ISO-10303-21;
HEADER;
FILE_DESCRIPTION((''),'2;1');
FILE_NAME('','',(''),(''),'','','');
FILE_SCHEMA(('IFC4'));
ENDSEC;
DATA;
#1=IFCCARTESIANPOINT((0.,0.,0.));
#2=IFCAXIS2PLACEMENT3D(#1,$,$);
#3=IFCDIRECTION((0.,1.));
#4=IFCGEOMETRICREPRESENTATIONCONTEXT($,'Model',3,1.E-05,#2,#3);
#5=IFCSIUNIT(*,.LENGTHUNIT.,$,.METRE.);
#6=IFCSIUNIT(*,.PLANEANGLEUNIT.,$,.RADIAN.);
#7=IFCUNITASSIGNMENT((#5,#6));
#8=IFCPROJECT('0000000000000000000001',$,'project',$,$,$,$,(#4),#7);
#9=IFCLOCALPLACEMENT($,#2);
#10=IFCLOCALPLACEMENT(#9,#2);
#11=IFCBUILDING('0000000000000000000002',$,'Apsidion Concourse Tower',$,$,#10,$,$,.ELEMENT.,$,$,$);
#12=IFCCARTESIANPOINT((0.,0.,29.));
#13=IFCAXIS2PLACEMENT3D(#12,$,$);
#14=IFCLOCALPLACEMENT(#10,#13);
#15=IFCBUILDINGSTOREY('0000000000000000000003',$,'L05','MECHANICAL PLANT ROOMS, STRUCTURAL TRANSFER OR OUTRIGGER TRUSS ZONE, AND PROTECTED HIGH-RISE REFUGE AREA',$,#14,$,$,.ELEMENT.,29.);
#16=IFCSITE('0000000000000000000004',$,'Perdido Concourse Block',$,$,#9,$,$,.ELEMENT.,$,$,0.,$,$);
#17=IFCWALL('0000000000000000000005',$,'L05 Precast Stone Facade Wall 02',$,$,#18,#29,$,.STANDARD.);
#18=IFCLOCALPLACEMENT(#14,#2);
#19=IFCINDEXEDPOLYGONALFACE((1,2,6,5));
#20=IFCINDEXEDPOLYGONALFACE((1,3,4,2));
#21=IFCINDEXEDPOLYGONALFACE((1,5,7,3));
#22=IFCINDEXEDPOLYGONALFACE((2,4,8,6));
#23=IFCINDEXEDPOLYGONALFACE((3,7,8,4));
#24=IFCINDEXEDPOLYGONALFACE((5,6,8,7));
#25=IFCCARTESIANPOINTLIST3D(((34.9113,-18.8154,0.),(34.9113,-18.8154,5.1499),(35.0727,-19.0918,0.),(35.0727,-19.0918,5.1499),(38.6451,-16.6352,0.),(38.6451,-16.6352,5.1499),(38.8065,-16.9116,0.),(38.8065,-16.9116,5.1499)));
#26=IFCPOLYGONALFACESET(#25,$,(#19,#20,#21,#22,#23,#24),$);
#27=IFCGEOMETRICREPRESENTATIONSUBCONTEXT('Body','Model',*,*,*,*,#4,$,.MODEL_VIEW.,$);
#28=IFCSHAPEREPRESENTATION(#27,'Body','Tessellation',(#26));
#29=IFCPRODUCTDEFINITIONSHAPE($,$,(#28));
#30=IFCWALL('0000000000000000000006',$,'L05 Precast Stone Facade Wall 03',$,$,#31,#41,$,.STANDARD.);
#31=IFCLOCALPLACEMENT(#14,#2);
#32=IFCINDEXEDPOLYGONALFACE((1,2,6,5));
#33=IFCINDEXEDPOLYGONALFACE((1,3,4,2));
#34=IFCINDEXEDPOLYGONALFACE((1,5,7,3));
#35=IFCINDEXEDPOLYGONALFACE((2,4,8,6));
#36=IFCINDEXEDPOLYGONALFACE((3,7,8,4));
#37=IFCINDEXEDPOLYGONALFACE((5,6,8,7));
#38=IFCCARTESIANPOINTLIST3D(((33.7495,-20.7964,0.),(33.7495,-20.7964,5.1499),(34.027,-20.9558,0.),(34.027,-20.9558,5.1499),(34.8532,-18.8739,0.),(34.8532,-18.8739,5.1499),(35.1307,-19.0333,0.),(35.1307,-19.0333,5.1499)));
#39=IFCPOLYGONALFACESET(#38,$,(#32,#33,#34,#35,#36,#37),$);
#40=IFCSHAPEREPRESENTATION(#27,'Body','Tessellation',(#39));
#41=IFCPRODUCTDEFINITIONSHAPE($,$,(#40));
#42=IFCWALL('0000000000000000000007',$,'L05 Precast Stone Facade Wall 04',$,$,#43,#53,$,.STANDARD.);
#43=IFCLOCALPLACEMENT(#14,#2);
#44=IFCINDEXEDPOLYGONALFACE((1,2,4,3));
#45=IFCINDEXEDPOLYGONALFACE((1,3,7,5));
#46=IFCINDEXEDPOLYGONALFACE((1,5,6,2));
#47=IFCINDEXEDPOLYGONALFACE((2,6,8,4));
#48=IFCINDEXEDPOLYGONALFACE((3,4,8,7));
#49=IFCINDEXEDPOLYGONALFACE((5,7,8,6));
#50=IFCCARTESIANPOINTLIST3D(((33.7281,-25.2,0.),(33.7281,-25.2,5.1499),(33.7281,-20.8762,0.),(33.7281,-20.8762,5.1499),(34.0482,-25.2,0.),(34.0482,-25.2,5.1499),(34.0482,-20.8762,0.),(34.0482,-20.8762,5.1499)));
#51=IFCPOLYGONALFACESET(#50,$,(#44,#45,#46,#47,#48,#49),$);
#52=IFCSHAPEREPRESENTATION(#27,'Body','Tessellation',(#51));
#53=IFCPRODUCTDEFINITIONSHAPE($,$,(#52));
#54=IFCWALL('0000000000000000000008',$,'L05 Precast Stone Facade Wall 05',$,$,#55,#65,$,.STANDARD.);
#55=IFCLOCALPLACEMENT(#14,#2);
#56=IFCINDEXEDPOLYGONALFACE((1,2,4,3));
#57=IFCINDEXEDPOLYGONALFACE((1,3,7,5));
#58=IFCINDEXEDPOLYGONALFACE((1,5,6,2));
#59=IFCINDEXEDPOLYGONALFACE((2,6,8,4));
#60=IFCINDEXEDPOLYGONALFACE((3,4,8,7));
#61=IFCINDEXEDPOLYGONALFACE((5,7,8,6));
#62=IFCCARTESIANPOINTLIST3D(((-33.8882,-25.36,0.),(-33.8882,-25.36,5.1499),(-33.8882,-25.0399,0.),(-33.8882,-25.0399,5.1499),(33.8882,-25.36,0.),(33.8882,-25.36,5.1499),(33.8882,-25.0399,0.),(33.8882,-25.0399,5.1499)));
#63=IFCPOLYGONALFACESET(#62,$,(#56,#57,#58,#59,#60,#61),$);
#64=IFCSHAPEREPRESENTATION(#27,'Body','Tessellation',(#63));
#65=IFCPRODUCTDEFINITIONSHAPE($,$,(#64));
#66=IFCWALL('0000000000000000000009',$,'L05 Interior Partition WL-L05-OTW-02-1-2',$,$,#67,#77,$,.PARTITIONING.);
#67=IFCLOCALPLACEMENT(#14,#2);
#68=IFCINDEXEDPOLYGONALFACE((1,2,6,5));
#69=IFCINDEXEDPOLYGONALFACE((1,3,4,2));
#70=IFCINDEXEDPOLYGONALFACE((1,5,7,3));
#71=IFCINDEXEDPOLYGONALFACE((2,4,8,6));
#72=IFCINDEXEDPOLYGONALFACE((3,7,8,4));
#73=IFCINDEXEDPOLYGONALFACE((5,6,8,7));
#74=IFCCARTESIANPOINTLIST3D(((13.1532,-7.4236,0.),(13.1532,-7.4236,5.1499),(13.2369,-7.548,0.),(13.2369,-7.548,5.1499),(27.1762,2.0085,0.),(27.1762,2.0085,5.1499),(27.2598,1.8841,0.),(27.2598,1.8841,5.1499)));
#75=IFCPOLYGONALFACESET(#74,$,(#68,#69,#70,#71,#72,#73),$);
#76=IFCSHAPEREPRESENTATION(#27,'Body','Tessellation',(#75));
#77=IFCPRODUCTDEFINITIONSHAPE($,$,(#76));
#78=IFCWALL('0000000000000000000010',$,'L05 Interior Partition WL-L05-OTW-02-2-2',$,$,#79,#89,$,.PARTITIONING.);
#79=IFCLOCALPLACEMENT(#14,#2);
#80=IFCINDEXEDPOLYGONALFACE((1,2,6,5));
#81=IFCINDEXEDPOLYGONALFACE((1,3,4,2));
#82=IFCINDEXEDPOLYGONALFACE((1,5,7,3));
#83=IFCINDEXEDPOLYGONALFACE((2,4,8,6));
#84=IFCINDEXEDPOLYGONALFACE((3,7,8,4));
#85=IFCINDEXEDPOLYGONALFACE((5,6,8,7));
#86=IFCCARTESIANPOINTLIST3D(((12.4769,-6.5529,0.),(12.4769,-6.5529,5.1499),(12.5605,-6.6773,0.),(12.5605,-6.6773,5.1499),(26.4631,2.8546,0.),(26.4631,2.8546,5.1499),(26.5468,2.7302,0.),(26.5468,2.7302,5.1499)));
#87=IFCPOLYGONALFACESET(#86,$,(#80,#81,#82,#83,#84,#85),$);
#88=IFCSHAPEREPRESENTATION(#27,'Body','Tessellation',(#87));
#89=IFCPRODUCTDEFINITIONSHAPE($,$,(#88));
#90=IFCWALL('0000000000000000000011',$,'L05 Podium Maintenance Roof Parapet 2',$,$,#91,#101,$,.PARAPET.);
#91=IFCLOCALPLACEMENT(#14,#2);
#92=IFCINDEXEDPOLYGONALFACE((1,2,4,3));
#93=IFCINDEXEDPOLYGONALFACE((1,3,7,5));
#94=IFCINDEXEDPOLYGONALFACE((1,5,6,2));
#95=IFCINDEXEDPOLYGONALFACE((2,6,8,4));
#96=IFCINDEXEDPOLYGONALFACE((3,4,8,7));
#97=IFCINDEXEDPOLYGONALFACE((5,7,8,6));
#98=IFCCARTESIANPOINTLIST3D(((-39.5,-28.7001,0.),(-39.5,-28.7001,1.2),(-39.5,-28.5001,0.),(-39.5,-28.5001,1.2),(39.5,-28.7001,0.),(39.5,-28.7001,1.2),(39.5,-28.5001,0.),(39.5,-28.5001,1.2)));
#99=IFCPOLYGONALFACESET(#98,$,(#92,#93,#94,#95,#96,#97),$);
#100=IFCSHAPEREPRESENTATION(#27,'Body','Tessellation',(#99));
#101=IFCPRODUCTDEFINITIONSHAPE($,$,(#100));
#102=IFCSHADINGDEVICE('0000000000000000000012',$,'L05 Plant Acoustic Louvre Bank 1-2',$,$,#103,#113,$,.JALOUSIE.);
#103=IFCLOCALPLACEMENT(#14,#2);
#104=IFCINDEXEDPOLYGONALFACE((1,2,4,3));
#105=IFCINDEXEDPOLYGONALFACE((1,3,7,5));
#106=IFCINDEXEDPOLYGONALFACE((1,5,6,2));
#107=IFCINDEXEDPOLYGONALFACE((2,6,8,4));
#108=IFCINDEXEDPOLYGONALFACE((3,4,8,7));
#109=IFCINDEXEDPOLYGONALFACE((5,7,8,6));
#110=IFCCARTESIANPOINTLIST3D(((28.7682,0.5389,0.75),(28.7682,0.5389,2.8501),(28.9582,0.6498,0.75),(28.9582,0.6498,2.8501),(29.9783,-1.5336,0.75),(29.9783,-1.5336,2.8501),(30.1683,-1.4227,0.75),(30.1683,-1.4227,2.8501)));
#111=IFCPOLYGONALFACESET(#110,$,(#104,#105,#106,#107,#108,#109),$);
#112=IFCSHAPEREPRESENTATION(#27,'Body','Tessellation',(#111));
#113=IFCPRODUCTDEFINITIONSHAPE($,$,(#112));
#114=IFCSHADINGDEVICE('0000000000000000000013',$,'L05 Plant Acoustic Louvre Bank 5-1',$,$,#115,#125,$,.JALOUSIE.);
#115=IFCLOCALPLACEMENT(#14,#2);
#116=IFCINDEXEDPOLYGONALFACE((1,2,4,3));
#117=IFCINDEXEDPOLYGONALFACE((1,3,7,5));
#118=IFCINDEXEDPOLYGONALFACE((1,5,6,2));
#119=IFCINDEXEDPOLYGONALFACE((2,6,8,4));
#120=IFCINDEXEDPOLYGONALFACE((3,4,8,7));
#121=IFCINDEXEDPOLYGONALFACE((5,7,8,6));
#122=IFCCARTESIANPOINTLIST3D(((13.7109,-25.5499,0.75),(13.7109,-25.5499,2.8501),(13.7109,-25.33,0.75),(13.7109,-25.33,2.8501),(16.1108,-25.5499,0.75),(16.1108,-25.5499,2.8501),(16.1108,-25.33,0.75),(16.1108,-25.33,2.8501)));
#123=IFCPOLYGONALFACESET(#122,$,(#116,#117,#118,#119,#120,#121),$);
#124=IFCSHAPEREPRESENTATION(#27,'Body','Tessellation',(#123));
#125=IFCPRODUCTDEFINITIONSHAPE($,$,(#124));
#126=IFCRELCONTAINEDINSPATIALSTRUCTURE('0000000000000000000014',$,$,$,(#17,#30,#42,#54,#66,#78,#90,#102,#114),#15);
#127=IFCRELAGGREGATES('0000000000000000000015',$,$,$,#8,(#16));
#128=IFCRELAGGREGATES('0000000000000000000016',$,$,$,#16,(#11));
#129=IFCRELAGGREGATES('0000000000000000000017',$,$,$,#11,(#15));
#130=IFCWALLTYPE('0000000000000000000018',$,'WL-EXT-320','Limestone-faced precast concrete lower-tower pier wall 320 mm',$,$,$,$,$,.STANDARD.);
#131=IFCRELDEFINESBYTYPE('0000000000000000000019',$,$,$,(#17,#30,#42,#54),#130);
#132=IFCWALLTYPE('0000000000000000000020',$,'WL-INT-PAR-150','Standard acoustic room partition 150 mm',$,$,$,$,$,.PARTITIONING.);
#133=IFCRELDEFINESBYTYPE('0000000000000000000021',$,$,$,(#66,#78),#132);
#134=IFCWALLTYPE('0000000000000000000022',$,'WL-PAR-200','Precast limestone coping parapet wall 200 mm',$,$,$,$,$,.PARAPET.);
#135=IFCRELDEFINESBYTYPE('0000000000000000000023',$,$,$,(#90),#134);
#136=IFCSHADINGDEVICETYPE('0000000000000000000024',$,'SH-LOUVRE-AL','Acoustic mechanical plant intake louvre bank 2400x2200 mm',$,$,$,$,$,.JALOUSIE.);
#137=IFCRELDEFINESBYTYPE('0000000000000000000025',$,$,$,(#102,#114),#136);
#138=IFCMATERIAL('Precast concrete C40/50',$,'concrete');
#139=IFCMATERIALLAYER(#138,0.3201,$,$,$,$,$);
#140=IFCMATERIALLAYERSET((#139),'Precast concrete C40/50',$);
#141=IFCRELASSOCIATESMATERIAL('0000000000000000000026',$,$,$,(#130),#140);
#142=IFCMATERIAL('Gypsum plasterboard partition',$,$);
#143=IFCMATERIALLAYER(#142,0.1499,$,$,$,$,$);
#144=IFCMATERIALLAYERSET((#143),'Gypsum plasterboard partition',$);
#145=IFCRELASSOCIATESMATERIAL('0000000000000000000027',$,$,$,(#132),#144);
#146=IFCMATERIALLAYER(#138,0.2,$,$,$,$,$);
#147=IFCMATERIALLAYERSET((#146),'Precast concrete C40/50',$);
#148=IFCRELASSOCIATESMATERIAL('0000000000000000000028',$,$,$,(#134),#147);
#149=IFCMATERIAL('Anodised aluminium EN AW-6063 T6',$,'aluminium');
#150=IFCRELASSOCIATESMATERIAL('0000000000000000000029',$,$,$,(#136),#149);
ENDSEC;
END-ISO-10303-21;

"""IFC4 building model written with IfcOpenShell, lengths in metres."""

from ifc_helpers import new_model, si_unit, direction, frame, frame_2d, origin, origin_2d, place, context, subcontext, project, spatial, rectangle, extrude, material, layer, layer_set, type_object, element, save


model = new_model("IFC4")

# Units and contexts
model_context = context("Model", 3, precision=1e-05, world=origin(), true_north=direction((0.0, 1.0)))
body_context = subcontext(model_context, "Body", "Model", "MODEL_VIEW")
ifc_project = project(units=[si_unit("LENGTHUNIT", "METRE"), si_unit("PLANEANGLEUNIT", "RADIAN")], contexts=[model_context])

# Site, building, storey
site_placement = place(None, origin())
site = spatial("IfcSite", under=ifc_project, at=site_placement, Name="Perdido Concourse Block", CompositionType="ELEMENT", RefElevation=0.0)
building_placement = place(site_placement, origin())
building = spatial("IfcBuilding", under=site, at=building_placement, Name="Apsidion Concourse Tower", CompositionType="ELEMENT")
storey_placement = place(building_placement, frame((0.0, 0.0, 29.0)))
storey = spatial("IfcBuildingStorey", under=building, at=storey_placement, Name="L05", Description="MECHANICAL PLANT ROOMS, STRUCTURAL TRANSFER OR OUTRIGGER TRUSS ZONE, AND PROTECTED HIGH-RISE REFUGE AREA", CompositionType="ELEMENT", Elevation=29.0)

# Walls
ifc_material_1 = material(Name="Precast concrete C40/50", Category="concrete")
ifc_layer_1 = layer(ifc_material_1, 0.3201)
ifc_layer_set_1 = layer_set([ifc_layer_1], Name="Precast concrete C40/50")
wall_type_1 = type_object("IfcWallType", Name="WL-EXT-320", Description="Limestone-faced precast concrete lower-tower pier wall 320 mm", PredefinedType="STANDARD", material=ifc_layer_set_1)
wall_1_placement = place(storey_placement, frame((38.7258, -16.7734, 0.0), z_axis=(0.0, 0.0, 1.0), x_axis=(-0.86357, -0.504229, 0.0)))
element("IfcWall", 1, at=wall_1_placement, inside=storey, type_object=wall_type_1, Name="L05 Precast Stone Facade Wall 02", PredefinedType="STANDARD", context=body_context, shape_type="SweptSolid", body=[
    extrude(rectangle(XDim=4.3237, YDim=0.3201, at=frame_2d((2.1619, 0.0))), origin(), (0.0, 0.0, 1.0), 5.1499),
])
wall_2_placement = place(storey_placement, frame((34.9919, -18.9536, 0.0), z_axis=(0.0, 0.0, 1.0), x_axis=(-0.497881, -0.867245, 0.0)))
element("IfcWall", 2, at=wall_2_placement, inside=storey, type_object=wall_type_1, Name="L05 Precast Stone Facade Wall 03", PredefinedType="STANDARD", context=body_context, shape_type="SweptSolid", body=[
    extrude(rectangle(XDim=2.2168, YDim=0.3201, at=frame_2d((1.1084, 0.0))), origin(), (0.0, 0.0, 1.0), 5.1499),
])
wall_3_placement = place(storey_placement, frame((33.8882, -20.8762, 0.0), z_axis=(0.0, 0.0, 1.0), x_axis=(0.0, -1.0, 0.0)))
element("IfcWall", 3, at=wall_3_placement, inside=storey, type_object=wall_type_1, Name="L05 Precast Stone Facade Wall 04", PredefinedType="STANDARD", context=body_context, shape_type="SweptSolid", body=[
    extrude(rectangle(XDim=4.3237, YDim=0.3201, at=frame_2d((2.1619, 0.0))), origin(), (0.0, 0.0, 1.0), 5.1499),
])
wall_4_placement = place(storey_placement, frame((33.8882, -25.2, 0.0), z_axis=(0.0, 0.0, 1.0), x_axis=(-1.0, 0.0, 0.0)))
element("IfcWall", 4, at=wall_4_placement, inside=storey, type_object=wall_type_1, Name="L05 Precast Stone Facade Wall 05", PredefinedType="STANDARD", context=body_context, shape_type="SweptSolid", body=[
    extrude(rectangle(XDim=67.7764, YDim=0.3201, at=frame_2d((33.8882, 0.0))), origin(), (0.0, 0.0, 1.0), 5.1499),
])
ifc_material_2 = material(Name="Gypsum plasterboard partition")
ifc_layer_2 = layer(ifc_material_2, 0.1499)
ifc_layer_set_2 = layer_set([ifc_layer_2], Name="Gypsum plasterboard partition")
wall_type_2 = type_object("IfcWallType", Name="WL-INT-PAR-150", Description="Standard acoustic room partition 150 mm", PredefinedType="PARTITIONING", material=ifc_layer_set_2)
wall_5_placement = place(storey_placement, frame((13.1951, -7.4858, 0.0), z_axis=(0.0, 0.0, 1.0), x_axis=(0.829763, 0.558116, 0.0)))
element("IfcWall", 5, at=wall_5_placement, inside=storey, type_object=wall_type_2, Name="L05 Interior Partition WL-L05-OTW-02-1-2", PredefinedType="PARTITIONING", context=body_context, shape_type="SweptSolid", body=[
    extrude(rectangle(XDim=16.8999, YDim=0.1499, at=frame_2d((8.45, 0.0))), origin(), (0.0, 0.0, 1.0), 5.1499),
])
wall_6_placement = place(storey_placement, frame((12.5188, -6.615, 0.0), z_axis=(0.0, 0.0, 1.0), x_axis=(0.829764, 0.558115, 0.0)))
element("IfcWall", 6, at=wall_6_placement, inside=storey, type_object=wall_type_2, Name="L05 Interior Partition WL-L05-OTW-02-2-2", PredefinedType="PARTITIONING", context=body_context, shape_type="SweptSolid", body=[
    extrude(rectangle(XDim=16.8557, YDim=0.1499, at=frame_2d((8.4277, 0.0))), origin(), (0.0, 0.0, 1.0), 5.1499),
])
ifc_layer_3 = layer(ifc_material_1, 0.2)
ifc_layer_set_3 = layer_set([ifc_layer_3], Name="Precast concrete C40/50")
wall_type_3 = type_object("IfcWallType", Name="WL-PAR-200", Description="Precast limestone coping parapet wall 200 mm", PredefinedType="PARAPET", material=ifc_layer_set_3)
wall_7_placement = place(storey_placement, frame((39.5, -28.6001, 0.0), z_axis=(0.0, 0.0, 1.0), x_axis=(-1.0, 0.0, 0.0)))
element("IfcWall", 7, at=wall_7_placement, inside=storey, type_object=wall_type_3, Name="L05 Podium Maintenance Roof Parapet 2", PredefinedType="PARAPET", context=body_context, shape_type="SweptSolid", body=[
    extrude(rectangle(XDim=79.0, YDim=0.2, at=frame_2d((39.5, 0.0))), origin(), (0.0, 0.0, 1.0), 1.2),
])

# Shading devices
ifc_material_3 = material(Name="Anodised aluminium EN AW-6063 T6", Category="aluminium")
shading_device_type = type_object("IfcShadingDeviceType", Name="SH-LOUVRE-AL", Description="Acoustic mechanical plant intake louvre bank 2400x2200 mm", PredefinedType="JALOUSIE", material=ifc_material_3)
for number, where, z_axis, x_axis, name in (
    (8, (29.4683, -0.4419, 0.75), (0.0, 0.0, 1.0), (0.504226, -0.863572, 0.0), "L05 Plant Acoustic Louvre Bank 1-2"),
    (9, (14.9109, -25.4399, 0.75), (0.0, 0.0, 1.0), (-1.0, 0.0, 0.0), "L05 Plant Acoustic Louvre Bank 5-1"),
):
    element("IfcShadingDevice", number, at=place(storey_placement, frame(where, z_axis=z_axis, x_axis=x_axis)), inside=storey, type_object=shading_device_type, Name=name, PredefinedType="JALOUSIE", context=body_context, shape_type="SweptSolid", body=[
        extrude(rectangle(XDim=2.3999, YDim=0.22, at=origin_2d()), origin(), (0.0, 0.0, 1.0), 2.1001),
    ])

save(model, "model.ifc")
